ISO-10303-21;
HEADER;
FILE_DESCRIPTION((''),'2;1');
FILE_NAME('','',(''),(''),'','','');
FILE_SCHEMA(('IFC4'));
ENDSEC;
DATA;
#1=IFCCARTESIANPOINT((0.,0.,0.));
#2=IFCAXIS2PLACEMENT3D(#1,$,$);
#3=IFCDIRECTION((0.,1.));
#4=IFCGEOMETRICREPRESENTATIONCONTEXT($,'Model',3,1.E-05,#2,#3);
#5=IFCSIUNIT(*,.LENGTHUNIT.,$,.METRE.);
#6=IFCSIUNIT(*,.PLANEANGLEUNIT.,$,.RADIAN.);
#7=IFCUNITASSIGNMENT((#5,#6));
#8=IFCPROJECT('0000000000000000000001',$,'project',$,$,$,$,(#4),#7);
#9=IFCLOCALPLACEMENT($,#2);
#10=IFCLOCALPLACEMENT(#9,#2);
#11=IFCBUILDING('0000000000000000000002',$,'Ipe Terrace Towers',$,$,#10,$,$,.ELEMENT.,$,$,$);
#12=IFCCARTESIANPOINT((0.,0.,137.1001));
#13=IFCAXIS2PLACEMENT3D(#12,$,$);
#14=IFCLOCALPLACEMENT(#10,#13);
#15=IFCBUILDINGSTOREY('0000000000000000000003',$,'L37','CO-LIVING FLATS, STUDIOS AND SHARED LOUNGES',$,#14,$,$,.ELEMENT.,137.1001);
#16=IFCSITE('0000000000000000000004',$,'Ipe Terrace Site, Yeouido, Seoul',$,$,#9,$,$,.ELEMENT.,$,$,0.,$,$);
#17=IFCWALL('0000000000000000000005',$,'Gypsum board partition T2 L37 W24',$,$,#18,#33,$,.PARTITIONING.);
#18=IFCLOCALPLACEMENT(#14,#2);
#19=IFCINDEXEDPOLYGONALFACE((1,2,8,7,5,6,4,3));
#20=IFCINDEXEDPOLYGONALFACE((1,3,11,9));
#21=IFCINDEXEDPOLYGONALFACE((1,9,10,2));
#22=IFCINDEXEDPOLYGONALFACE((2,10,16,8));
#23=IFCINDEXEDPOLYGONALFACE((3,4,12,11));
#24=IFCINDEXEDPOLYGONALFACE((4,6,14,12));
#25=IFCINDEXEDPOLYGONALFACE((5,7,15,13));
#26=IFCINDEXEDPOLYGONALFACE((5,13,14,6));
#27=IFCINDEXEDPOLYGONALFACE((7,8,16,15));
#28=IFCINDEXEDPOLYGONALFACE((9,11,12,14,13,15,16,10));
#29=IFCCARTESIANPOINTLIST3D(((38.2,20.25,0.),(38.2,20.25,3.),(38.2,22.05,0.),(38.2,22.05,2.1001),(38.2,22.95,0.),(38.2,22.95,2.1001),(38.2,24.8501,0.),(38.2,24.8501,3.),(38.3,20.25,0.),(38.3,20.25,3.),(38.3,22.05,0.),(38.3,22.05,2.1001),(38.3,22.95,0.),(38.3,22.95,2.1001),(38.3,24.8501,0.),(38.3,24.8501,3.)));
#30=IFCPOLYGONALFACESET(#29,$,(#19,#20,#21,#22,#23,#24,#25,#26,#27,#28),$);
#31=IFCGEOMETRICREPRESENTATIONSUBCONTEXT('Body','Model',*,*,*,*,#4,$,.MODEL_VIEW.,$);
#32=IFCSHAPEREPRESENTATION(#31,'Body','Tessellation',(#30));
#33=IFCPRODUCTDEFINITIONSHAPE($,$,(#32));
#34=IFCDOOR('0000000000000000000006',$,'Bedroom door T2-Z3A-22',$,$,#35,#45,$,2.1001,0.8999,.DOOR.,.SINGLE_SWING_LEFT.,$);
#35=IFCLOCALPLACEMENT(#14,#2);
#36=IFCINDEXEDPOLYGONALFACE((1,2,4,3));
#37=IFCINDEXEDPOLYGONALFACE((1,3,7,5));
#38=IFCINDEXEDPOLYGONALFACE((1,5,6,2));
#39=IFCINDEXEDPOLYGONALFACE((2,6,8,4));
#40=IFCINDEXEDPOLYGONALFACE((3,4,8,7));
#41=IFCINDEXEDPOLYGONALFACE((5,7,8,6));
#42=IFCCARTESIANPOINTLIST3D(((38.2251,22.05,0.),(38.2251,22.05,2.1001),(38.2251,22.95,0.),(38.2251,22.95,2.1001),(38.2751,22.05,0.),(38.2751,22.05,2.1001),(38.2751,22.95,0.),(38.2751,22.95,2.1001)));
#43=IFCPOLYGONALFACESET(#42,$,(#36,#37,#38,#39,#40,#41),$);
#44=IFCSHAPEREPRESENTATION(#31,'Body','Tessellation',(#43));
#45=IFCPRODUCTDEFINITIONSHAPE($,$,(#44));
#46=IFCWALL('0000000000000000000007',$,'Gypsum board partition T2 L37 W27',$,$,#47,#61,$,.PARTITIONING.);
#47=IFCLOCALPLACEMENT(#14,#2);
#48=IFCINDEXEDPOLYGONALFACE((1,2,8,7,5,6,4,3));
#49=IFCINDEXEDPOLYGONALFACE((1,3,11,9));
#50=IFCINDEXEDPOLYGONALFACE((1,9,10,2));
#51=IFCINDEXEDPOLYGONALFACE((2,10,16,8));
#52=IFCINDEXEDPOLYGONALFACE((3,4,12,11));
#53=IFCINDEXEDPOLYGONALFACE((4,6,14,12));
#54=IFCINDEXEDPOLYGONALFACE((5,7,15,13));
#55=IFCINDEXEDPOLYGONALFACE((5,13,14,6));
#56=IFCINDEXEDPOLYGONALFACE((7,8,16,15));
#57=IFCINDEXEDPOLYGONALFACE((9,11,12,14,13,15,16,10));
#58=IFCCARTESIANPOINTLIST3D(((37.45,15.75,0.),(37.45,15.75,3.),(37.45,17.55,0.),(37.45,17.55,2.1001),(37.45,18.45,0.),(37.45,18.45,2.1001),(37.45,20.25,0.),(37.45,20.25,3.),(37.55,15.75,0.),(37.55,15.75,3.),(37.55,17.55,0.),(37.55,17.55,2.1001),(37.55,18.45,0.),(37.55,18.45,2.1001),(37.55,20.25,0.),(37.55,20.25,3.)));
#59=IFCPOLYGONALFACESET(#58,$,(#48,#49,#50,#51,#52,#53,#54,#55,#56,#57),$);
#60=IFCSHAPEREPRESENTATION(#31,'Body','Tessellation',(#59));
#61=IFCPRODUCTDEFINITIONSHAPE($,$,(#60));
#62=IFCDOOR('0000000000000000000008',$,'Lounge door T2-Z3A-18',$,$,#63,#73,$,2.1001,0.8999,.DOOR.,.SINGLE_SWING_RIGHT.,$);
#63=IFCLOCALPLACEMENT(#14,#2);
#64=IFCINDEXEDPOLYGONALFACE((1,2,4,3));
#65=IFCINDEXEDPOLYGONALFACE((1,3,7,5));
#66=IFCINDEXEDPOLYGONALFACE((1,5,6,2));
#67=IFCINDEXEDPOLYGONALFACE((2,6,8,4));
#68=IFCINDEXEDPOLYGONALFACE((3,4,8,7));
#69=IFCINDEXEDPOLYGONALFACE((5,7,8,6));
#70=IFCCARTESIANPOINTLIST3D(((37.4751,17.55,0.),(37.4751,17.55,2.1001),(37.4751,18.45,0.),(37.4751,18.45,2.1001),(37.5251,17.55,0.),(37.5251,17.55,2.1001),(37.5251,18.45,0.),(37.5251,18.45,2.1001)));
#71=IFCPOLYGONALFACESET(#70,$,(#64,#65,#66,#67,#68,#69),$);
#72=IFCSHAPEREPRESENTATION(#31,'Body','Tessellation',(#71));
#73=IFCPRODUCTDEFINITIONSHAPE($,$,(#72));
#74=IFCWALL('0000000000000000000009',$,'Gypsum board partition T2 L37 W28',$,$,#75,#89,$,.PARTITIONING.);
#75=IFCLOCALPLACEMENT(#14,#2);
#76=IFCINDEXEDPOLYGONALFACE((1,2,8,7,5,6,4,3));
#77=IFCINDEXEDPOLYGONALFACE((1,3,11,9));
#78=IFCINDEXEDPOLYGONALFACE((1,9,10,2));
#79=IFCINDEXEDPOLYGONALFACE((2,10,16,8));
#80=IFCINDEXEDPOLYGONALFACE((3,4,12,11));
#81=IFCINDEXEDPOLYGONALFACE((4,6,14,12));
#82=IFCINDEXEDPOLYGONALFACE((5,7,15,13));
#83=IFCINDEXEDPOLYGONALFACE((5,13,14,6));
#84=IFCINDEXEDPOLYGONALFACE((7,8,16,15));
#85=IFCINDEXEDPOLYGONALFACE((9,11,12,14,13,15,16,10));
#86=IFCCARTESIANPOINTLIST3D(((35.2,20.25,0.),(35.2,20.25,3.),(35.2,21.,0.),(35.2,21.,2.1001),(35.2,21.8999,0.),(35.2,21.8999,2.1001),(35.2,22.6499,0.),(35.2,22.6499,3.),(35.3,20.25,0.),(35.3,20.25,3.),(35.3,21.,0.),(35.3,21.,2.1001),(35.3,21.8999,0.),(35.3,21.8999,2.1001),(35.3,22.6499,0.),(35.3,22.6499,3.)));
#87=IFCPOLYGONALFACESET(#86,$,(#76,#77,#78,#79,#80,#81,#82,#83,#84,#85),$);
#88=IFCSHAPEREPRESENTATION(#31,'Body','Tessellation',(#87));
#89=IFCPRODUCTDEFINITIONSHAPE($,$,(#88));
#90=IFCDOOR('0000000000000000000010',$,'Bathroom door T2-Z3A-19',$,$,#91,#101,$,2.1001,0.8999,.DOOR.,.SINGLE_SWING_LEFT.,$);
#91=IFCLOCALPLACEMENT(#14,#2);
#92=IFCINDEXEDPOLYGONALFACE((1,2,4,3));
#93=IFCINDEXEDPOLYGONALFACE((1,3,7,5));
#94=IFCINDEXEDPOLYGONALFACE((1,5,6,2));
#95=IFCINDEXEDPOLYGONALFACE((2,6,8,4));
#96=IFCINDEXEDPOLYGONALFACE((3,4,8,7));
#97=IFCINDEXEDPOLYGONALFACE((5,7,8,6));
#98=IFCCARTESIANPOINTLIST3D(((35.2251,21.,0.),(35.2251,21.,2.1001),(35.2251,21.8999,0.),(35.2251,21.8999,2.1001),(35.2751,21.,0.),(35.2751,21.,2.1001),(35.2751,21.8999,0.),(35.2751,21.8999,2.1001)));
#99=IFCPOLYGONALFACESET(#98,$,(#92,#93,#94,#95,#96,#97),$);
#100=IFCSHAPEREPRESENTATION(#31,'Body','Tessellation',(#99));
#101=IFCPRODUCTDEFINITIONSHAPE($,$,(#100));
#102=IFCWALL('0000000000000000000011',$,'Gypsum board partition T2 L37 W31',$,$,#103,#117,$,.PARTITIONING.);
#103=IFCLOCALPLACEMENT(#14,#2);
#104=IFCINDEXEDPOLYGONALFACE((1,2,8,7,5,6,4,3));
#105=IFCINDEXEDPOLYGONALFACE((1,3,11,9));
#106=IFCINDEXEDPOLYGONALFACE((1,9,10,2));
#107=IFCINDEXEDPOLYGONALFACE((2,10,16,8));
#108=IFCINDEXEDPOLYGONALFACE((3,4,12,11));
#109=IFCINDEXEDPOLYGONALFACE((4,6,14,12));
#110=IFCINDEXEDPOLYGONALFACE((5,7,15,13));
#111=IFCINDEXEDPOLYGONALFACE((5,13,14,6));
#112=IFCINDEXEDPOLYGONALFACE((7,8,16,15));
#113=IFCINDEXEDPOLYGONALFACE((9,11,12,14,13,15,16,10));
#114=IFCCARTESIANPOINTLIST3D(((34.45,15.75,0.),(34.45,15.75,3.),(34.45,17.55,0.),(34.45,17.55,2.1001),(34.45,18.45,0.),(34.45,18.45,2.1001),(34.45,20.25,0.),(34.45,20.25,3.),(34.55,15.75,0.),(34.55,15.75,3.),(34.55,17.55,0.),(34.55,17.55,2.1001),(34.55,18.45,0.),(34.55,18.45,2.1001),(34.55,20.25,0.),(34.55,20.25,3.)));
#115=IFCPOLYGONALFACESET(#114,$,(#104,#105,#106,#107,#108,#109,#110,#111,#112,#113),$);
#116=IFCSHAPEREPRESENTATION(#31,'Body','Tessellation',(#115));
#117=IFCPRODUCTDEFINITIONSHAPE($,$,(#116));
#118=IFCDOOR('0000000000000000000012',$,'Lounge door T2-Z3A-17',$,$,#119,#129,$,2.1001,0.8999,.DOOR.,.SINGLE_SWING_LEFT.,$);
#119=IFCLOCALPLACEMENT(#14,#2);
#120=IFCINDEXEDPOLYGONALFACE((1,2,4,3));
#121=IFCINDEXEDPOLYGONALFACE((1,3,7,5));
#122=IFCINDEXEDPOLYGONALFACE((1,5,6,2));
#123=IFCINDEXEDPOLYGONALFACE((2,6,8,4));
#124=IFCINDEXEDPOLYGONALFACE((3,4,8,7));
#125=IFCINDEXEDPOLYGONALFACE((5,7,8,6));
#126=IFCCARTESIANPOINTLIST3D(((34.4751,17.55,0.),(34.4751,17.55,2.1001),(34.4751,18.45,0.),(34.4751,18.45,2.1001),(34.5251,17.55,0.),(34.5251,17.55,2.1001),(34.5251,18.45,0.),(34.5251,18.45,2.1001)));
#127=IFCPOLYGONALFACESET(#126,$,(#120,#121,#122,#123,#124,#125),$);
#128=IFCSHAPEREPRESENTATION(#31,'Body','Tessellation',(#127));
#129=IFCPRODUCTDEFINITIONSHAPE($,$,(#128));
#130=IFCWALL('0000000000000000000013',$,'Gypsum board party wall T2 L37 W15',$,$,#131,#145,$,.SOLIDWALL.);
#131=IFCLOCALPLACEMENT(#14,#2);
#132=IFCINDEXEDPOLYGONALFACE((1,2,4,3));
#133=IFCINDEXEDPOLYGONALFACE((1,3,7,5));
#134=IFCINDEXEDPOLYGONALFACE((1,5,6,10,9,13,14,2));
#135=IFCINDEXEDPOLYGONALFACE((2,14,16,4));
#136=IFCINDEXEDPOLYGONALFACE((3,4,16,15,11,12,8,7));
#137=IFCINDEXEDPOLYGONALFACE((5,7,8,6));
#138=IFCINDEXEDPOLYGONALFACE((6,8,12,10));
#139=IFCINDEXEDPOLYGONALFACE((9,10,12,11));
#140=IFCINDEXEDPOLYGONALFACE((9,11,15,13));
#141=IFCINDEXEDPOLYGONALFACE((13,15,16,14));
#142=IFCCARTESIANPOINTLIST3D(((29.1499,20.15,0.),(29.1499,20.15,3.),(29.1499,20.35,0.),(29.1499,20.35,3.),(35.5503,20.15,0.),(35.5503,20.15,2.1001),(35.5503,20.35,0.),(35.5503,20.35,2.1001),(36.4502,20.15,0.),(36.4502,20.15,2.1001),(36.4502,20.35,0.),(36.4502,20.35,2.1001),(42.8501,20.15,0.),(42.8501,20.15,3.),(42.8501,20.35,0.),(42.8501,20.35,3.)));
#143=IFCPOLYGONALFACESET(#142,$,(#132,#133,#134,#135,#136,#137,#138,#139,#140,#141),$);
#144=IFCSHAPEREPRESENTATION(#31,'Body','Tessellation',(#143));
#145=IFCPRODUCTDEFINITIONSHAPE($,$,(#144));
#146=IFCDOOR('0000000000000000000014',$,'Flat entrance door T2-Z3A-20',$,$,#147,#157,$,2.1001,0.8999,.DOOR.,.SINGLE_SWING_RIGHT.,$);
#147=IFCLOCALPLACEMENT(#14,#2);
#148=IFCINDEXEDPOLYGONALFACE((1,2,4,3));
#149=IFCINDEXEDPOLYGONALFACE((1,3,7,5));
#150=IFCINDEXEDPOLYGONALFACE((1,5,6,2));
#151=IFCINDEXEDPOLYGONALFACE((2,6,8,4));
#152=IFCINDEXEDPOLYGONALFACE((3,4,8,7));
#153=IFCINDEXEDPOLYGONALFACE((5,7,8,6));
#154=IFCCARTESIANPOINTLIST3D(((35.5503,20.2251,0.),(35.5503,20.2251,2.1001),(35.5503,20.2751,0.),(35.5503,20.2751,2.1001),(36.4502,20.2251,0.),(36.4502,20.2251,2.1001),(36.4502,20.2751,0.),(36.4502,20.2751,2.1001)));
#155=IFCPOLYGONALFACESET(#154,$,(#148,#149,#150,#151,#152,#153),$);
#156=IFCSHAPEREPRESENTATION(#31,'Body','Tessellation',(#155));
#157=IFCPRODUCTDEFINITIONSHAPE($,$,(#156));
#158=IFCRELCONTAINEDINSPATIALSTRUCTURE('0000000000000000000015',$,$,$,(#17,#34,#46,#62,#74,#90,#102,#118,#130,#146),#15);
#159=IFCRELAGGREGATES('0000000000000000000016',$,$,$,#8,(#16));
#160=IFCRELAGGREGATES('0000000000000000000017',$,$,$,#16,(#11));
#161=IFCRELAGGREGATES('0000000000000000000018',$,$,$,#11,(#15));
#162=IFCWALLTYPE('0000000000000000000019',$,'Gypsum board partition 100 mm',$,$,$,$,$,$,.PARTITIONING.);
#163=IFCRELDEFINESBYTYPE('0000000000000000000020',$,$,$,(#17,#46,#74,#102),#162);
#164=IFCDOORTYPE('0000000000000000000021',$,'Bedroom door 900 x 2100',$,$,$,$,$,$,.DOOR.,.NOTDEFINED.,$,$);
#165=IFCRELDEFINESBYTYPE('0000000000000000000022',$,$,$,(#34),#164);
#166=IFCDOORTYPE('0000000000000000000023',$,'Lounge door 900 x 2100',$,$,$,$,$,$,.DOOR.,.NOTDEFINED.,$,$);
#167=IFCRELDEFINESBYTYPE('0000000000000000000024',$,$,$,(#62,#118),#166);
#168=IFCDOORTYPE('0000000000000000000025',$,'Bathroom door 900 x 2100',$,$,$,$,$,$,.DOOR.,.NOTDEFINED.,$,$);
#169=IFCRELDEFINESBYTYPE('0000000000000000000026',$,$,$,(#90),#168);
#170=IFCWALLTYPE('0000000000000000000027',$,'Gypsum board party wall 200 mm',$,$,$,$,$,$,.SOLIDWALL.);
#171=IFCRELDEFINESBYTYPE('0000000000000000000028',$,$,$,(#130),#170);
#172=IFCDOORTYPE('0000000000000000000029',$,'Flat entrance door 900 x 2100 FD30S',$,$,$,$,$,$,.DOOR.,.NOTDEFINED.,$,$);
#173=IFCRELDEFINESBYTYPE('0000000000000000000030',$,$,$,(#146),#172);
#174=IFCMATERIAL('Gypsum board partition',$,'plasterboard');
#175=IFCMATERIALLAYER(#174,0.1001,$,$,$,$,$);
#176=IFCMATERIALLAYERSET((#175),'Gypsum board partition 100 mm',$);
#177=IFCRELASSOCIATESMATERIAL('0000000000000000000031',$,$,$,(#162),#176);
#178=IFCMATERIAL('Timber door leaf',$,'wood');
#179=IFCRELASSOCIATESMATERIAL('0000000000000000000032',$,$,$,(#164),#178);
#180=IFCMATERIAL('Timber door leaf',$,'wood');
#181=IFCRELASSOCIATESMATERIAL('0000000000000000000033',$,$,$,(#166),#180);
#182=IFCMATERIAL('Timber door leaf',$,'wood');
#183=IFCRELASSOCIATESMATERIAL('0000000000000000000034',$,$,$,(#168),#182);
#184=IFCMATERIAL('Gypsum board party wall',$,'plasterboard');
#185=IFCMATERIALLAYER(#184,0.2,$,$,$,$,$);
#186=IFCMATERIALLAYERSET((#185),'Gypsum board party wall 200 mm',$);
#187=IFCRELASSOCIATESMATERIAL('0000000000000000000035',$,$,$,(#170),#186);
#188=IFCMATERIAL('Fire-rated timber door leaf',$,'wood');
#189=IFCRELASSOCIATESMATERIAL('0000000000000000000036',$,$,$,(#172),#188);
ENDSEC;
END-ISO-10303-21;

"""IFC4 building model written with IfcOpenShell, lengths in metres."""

from ifc_helpers import new_model, si_unit, direction, frame, frame_2d, origin, place, context, subcontext, project, spatial, rectangle, extrude, material, layer, layer_set, type_object, element, fill, save


model = new_model("IFC4")

# Units and contexts
model_context = context("Model", 3, precision=1e-05, world=origin(), true_north=direction((0.0, 1.0)))
body_context = subcontext(model_context, "Body", "Model", "MODEL_VIEW")
ifc_project = project(units=[si_unit("LENGTHUNIT", "METRE"), si_unit("PLANEANGLEUNIT", "RADIAN")], contexts=[model_context])

# Site, building, storey
site_placement = place(None, origin())
site = spatial("IfcSite", under=ifc_project, at=site_placement, Name="Ipe Terrace Site, Yeouido, Seoul", CompositionType="ELEMENT", RefElevation=0.0)
building_placement = place(site_placement, origin())
building = spatial("IfcBuilding", under=site, at=building_placement, Name="Ipe Terrace Towers", CompositionType="ELEMENT")
storey_placement = place(building_placement, frame((0.0, 0.0, 137.1001)))
storey = spatial("IfcBuildingStorey", under=building, at=storey_placement, Name="L37", Description="CO-LIVING FLATS, STUDIOS AND SHARED LOUNGES", CompositionType="ELEMENT", Elevation=137.1001)

# Shared definitions
ifc_material_1 = material(Name="Gypsum board partition", Category="plasterboard")
ifc_layer_1 = layer(ifc_material_1, 0.1001)
ifc_layer_set_1 = layer_set([ifc_layer_1], Name="Gypsum board partition 100 mm")
wall_type_1 = type_object("IfcWallType", Name="Gypsum board partition 100 mm", PredefinedType="PARTITIONING", material=ifc_layer_set_1)

# Walls, openings, doors
wall_1_placement = place(storey_placement, frame((38.25, 20.25, 0.0), z_axis=(0.0, 0.0, 1.0), x_axis=(0.0, 1.0, 0.0)))
wall_1 = element("IfcWall", 1, at=wall_1_placement, inside=storey, type_object=wall_type_1, Name="Gypsum board partition T2 L37 W24", PredefinedType="PARTITIONING", context=body_context, shape_type="SweptSolid", body=[
    extrude(rectangle(XDim=4.6001, YDim=0.1001, at=frame_2d((2.3, 0.0))), origin(), (0.0, 0.0, 1.0), 3.0),
])
opening_1_placement = place(wall_1_placement, frame((1.8, 0.0, 0.0)))
opening_1 = element("IfcOpeningElement", 2, at=opening_1_placement, cuts=wall_1, PredefinedType="OPENING", context=body_context, shape_type="SweptSolid", body=[
    extrude(rectangle(XDim=0.8999, YDim=2.1001, at=frame_2d((0.45, 1.05))), frame((0.0, 0.0601, 0.0), z_axis=(0.0, -1.0, 0.0), x_axis=(1.0, 0.0, 0.0)), (0.0, 0.0, 1.0), 0.1201),
])
ifc_material_2 = material(Name="Timber door leaf", Category="wood")
door_type_1 = type_object("IfcDoorType", Name="Bedroom door 900 x 2100", OperationType="NOTDEFINED", PredefinedType="DOOR", material=ifc_material_2)
door_1_placement = place(opening_1_placement, origin())
door_1 = element("IfcDoor", 3, at=door_1_placement, inside=storey, type_object=door_type_1, Name="Bedroom door T2-Z3A-22", OperationType="SINGLE_SWING_LEFT", OverallHeight=2.1001, OverallWidth=0.8999, PredefinedType="DOOR", context=body_context, shape_type="SweptSolid", body=[
    extrude(rectangle(XDim=0.8999, YDim=2.1001, at=frame_2d((0.45, 1.05))), frame((0.0, 0.0249, 0.0), z_axis=(0.0, -1.0, 0.0), x_axis=(1.0, 0.0, 0.0)), (0.0, 0.0, 1.0), 0.05),
])
fill(opening_1, door_1)
wall_2_placement = place(storey_placement, frame((37.5, 15.75, 0.0), z_axis=(0.0, 0.0, 1.0), x_axis=(0.0, 1.0, 0.0)))
wall_2 = element("IfcWall", 4, at=wall_2_placement, inside=storey, type_object=wall_type_1, Name="Gypsum board partition T2 L37 W27", PredefinedType="PARTITIONING", context=body_context, shape_type="SweptSolid", body=[
    extrude(rectangle(XDim=4.5, YDim=0.1001, at=frame_2d((2.25, 0.0))), origin(), (0.0, 0.0, 1.0), 3.0),
])
opening_2_placement = place(wall_2_placement, frame((1.8, 0.0, 0.0)))
opening_2 = element("IfcOpeningElement", 5, at=opening_2_placement, cuts=wall_2, PredefinedType="OPENING", context=body_context, shape_type="SweptSolid", body=[
    extrude(rectangle(XDim=0.8999, YDim=2.1001, at=frame_2d((0.45, 1.05))), frame((0.0, 0.0601, 0.0), z_axis=(0.0, -1.0, 0.0), x_axis=(1.0, 0.0, 0.0)), (0.0, 0.0, 1.0), 0.1201),
])
ifc_material_3 = material(Name="Timber door leaf", Category="wood")
door_type_2 = type_object("IfcDoorType", Name="Lounge door 900 x 2100", OperationType="NOTDEFINED", PredefinedType="DOOR", material=ifc_material_3)
door_2_placement = place(opening_2_placement, origin())
door_2 = element("IfcDoor", 6, at=door_2_placement, inside=storey, type_object=door_type_2, Name="Lounge door T2-Z3A-18", OperationType="SINGLE_SWING_RIGHT", OverallHeight=2.1001, OverallWidth=0.8999, PredefinedType="DOOR", context=body_context, shape_type="SweptSolid", body=[
    extrude(rectangle(XDim=0.8999, YDim=2.1001, at=frame_2d((0.45, 1.05))), frame((0.0, 0.0249, 0.0), z_axis=(0.0, -1.0, 0.0), x_axis=(1.0, 0.0, 0.0)), (0.0, 0.0, 1.0), 0.05),
])
fill(opening_2, door_2)
wall_3_placement = place(storey_placement, frame((35.25, 20.25, 0.0), z_axis=(0.0, 0.0, 1.0), x_axis=(0.0, 1.0, 0.0)))
wall_3 = element("IfcWall", 7, at=wall_3_placement, inside=storey, type_object=wall_type_1, Name="Gypsum board partition T2 L37 W28", PredefinedType="PARTITIONING", context=body_context, shape_type="SweptSolid", body=[
    extrude(rectangle(XDim=2.3999, YDim=0.1001, at=frame_2d((1.2, 0.0))), origin(), (0.0, 0.0, 1.0), 3.0),
])
opening_3_placement = place(wall_3_placement, frame((0.75, 0.0, 0.0)))
opening_3 = element("IfcOpeningElement", 8, at=opening_3_placement, cuts=wall_3, PredefinedType="OPENING", context=body_context, shape_type="SweptSolid", body=[
    extrude(rectangle(XDim=0.8999, YDim=2.1001, at=frame_2d((0.45, 1.05))), frame((0.0, 0.0601, 0.0), z_axis=(0.0, -1.0, 0.0), x_axis=(1.0, 0.0, 0.0)), (0.0, 0.0, 1.0), 0.1201),
])
ifc_material_4 = material(Name="Timber door leaf", Category="wood")
door_type_3 = type_object("IfcDoorType", Name="Bathroom door 900 x 2100", OperationType="NOTDEFINED", PredefinedType="DOOR", material=ifc_material_4)
door_3_placement = place(opening_3_placement, origin())
door_3 = element("IfcDoor", 9, at=door_3_placement, inside=storey, type_object=door_type_3, Name="Bathroom door T2-Z3A-19", OperationType="SINGLE_SWING_LEFT", OverallHeight=2.1001, OverallWidth=0.8999, PredefinedType="DOOR", context=body_context, shape_type="SweptSolid", body=[
    extrude(rectangle(XDim=0.8999, YDim=2.1001, at=frame_2d((0.45, 1.05))), frame((0.0, 0.0249, 0.0), z_axis=(0.0, -1.0, 0.0), x_axis=(1.0, 0.0, 0.0)), (0.0, 0.0, 1.0), 0.05),
])
fill(opening_3, door_3)
wall_4_placement = place(storey_placement, frame((34.5, 15.75, 0.0), z_axis=(0.0, 0.0, 1.0), x_axis=(0.0, 1.0, 0.0)))
wall_4 = element("IfcWall", 10, at=wall_4_placement, inside=storey, type_object=wall_type_1, Name="Gypsum board partition T2 L37 W31", PredefinedType="PARTITIONING", context=body_context, shape_type="SweptSolid", body=[
    extrude(rectangle(XDim=4.5, YDim=0.1001, at=frame_2d((2.25, 0.0))), origin(), (0.0, 0.0, 1.0), 3.0),
])
opening_4_placement = place(wall_4_placement, frame((1.8, 0.0, 0.0)))
opening_4 = element("IfcOpeningElement", 11, at=opening_4_placement, cuts=wall_4, PredefinedType="OPENING", context=body_context, shape_type="SweptSolid", body=[
    extrude(rectangle(XDim=0.8999, YDim=2.1001, at=frame_2d((0.45, 1.05))), frame((0.0, 0.0601, 0.0), z_axis=(0.0, -1.0, 0.0), x_axis=(1.0, 0.0, 0.0)), (0.0, 0.0, 1.0), 0.1201),
])
door_4_placement = place(opening_4_placement, origin())
door_4 = element("IfcDoor", 12, at=door_4_placement, inside=storey, type_object=door_type_2, Name="Lounge door T2-Z3A-17", OperationType="SINGLE_SWING_LEFT", OverallHeight=2.1001, OverallWidth=0.8999, PredefinedType="DOOR", context=body_context, shape_type="SweptSolid", body=[
    extrude(rectangle(XDim=0.8999, YDim=2.1001, at=frame_2d((0.45, 1.05))), frame((0.0, 0.0249, 0.0), z_axis=(0.0, -1.0, 0.0), x_axis=(1.0, 0.0, 0.0)), (0.0, 0.0, 1.0), 0.05),
])
fill(opening_4, door_4)
ifc_material_5 = material(Name="Gypsum board party wall", Category="plasterboard")
ifc_layer_2 = layer(ifc_material_5, 0.2)
ifc_layer_set_2 = layer_set([ifc_layer_2], Name="Gypsum board party wall 200 mm")
wall_type_2 = type_object("IfcWallType", Name="Gypsum board party wall 200 mm", PredefinedType="SOLIDWALL", material=ifc_layer_set_2)
wall_5_placement = place(storey_placement, frame((42.8501, 20.25, 0.0), z_axis=(0.0, 0.0, 1.0), x_axis=(-1.0, 0.0, 0.0)))
wall_5 = element("IfcWall", 13, at=wall_5_placement, inside=storey, type_object=wall_type_2, Name="Gypsum board party wall T2 L37 W15", PredefinedType="SOLIDWALL", context=body_context, shape_type="SweptSolid", body=[
    extrude(rectangle(XDim=13.7002, YDim=0.2, at=frame_2d((6.8501, 0.0))), origin(), (0.0, 0.0, 1.0), 3.0),
])
opening_5_placement = place(wall_5_placement, frame((6.3999, 0.0, 0.0)))
opening_5 = element("IfcOpeningElement", 14, at=opening_5_placement, cuts=wall_5, PredefinedType="OPENING", context=body_context, shape_type="SweptSolid", body=[
    extrude(rectangle(XDim=0.8999, YDim=2.1001, at=frame_2d((0.45, 1.05))), frame((0.0, 0.1099, 0.0), z_axis=(0.0, -1.0, 0.0), x_axis=(1.0, 0.0, 0.0)), (0.0, 0.0, 1.0), 0.22),
])
ifc_material_6 = material(Name="Fire-rated timber door leaf", Category="wood")
door_type_4 = type_object("IfcDoorType", Name="Flat entrance door 900 x 2100 FD30S", OperationType="NOTDEFINED", PredefinedType="DOOR", material=ifc_material_6)
door_5_placement = place(opening_5_placement, origin())
door_5 = element("IfcDoor", 15, at=door_5_placement, inside=storey, type_object=door_type_4, Name="Flat entrance door T2-Z3A-20", OperationType="SINGLE_SWING_RIGHT", OverallHeight=2.1001, OverallWidth=0.8999, PredefinedType="DOOR", context=body_context, shape_type="SweptSolid", body=[
    extrude(rectangle(XDim=0.8999, YDim=2.1001, at=frame_2d((0.45, 1.05))), frame((0.0, 0.0249, 0.0), z_axis=(0.0, -1.0, 0.0), x_axis=(1.0, 0.0, 0.0)), (0.0, 0.0, 1.0), 0.05),
])
fill(opening_5, door_5)

save(model, "model.ifc")
